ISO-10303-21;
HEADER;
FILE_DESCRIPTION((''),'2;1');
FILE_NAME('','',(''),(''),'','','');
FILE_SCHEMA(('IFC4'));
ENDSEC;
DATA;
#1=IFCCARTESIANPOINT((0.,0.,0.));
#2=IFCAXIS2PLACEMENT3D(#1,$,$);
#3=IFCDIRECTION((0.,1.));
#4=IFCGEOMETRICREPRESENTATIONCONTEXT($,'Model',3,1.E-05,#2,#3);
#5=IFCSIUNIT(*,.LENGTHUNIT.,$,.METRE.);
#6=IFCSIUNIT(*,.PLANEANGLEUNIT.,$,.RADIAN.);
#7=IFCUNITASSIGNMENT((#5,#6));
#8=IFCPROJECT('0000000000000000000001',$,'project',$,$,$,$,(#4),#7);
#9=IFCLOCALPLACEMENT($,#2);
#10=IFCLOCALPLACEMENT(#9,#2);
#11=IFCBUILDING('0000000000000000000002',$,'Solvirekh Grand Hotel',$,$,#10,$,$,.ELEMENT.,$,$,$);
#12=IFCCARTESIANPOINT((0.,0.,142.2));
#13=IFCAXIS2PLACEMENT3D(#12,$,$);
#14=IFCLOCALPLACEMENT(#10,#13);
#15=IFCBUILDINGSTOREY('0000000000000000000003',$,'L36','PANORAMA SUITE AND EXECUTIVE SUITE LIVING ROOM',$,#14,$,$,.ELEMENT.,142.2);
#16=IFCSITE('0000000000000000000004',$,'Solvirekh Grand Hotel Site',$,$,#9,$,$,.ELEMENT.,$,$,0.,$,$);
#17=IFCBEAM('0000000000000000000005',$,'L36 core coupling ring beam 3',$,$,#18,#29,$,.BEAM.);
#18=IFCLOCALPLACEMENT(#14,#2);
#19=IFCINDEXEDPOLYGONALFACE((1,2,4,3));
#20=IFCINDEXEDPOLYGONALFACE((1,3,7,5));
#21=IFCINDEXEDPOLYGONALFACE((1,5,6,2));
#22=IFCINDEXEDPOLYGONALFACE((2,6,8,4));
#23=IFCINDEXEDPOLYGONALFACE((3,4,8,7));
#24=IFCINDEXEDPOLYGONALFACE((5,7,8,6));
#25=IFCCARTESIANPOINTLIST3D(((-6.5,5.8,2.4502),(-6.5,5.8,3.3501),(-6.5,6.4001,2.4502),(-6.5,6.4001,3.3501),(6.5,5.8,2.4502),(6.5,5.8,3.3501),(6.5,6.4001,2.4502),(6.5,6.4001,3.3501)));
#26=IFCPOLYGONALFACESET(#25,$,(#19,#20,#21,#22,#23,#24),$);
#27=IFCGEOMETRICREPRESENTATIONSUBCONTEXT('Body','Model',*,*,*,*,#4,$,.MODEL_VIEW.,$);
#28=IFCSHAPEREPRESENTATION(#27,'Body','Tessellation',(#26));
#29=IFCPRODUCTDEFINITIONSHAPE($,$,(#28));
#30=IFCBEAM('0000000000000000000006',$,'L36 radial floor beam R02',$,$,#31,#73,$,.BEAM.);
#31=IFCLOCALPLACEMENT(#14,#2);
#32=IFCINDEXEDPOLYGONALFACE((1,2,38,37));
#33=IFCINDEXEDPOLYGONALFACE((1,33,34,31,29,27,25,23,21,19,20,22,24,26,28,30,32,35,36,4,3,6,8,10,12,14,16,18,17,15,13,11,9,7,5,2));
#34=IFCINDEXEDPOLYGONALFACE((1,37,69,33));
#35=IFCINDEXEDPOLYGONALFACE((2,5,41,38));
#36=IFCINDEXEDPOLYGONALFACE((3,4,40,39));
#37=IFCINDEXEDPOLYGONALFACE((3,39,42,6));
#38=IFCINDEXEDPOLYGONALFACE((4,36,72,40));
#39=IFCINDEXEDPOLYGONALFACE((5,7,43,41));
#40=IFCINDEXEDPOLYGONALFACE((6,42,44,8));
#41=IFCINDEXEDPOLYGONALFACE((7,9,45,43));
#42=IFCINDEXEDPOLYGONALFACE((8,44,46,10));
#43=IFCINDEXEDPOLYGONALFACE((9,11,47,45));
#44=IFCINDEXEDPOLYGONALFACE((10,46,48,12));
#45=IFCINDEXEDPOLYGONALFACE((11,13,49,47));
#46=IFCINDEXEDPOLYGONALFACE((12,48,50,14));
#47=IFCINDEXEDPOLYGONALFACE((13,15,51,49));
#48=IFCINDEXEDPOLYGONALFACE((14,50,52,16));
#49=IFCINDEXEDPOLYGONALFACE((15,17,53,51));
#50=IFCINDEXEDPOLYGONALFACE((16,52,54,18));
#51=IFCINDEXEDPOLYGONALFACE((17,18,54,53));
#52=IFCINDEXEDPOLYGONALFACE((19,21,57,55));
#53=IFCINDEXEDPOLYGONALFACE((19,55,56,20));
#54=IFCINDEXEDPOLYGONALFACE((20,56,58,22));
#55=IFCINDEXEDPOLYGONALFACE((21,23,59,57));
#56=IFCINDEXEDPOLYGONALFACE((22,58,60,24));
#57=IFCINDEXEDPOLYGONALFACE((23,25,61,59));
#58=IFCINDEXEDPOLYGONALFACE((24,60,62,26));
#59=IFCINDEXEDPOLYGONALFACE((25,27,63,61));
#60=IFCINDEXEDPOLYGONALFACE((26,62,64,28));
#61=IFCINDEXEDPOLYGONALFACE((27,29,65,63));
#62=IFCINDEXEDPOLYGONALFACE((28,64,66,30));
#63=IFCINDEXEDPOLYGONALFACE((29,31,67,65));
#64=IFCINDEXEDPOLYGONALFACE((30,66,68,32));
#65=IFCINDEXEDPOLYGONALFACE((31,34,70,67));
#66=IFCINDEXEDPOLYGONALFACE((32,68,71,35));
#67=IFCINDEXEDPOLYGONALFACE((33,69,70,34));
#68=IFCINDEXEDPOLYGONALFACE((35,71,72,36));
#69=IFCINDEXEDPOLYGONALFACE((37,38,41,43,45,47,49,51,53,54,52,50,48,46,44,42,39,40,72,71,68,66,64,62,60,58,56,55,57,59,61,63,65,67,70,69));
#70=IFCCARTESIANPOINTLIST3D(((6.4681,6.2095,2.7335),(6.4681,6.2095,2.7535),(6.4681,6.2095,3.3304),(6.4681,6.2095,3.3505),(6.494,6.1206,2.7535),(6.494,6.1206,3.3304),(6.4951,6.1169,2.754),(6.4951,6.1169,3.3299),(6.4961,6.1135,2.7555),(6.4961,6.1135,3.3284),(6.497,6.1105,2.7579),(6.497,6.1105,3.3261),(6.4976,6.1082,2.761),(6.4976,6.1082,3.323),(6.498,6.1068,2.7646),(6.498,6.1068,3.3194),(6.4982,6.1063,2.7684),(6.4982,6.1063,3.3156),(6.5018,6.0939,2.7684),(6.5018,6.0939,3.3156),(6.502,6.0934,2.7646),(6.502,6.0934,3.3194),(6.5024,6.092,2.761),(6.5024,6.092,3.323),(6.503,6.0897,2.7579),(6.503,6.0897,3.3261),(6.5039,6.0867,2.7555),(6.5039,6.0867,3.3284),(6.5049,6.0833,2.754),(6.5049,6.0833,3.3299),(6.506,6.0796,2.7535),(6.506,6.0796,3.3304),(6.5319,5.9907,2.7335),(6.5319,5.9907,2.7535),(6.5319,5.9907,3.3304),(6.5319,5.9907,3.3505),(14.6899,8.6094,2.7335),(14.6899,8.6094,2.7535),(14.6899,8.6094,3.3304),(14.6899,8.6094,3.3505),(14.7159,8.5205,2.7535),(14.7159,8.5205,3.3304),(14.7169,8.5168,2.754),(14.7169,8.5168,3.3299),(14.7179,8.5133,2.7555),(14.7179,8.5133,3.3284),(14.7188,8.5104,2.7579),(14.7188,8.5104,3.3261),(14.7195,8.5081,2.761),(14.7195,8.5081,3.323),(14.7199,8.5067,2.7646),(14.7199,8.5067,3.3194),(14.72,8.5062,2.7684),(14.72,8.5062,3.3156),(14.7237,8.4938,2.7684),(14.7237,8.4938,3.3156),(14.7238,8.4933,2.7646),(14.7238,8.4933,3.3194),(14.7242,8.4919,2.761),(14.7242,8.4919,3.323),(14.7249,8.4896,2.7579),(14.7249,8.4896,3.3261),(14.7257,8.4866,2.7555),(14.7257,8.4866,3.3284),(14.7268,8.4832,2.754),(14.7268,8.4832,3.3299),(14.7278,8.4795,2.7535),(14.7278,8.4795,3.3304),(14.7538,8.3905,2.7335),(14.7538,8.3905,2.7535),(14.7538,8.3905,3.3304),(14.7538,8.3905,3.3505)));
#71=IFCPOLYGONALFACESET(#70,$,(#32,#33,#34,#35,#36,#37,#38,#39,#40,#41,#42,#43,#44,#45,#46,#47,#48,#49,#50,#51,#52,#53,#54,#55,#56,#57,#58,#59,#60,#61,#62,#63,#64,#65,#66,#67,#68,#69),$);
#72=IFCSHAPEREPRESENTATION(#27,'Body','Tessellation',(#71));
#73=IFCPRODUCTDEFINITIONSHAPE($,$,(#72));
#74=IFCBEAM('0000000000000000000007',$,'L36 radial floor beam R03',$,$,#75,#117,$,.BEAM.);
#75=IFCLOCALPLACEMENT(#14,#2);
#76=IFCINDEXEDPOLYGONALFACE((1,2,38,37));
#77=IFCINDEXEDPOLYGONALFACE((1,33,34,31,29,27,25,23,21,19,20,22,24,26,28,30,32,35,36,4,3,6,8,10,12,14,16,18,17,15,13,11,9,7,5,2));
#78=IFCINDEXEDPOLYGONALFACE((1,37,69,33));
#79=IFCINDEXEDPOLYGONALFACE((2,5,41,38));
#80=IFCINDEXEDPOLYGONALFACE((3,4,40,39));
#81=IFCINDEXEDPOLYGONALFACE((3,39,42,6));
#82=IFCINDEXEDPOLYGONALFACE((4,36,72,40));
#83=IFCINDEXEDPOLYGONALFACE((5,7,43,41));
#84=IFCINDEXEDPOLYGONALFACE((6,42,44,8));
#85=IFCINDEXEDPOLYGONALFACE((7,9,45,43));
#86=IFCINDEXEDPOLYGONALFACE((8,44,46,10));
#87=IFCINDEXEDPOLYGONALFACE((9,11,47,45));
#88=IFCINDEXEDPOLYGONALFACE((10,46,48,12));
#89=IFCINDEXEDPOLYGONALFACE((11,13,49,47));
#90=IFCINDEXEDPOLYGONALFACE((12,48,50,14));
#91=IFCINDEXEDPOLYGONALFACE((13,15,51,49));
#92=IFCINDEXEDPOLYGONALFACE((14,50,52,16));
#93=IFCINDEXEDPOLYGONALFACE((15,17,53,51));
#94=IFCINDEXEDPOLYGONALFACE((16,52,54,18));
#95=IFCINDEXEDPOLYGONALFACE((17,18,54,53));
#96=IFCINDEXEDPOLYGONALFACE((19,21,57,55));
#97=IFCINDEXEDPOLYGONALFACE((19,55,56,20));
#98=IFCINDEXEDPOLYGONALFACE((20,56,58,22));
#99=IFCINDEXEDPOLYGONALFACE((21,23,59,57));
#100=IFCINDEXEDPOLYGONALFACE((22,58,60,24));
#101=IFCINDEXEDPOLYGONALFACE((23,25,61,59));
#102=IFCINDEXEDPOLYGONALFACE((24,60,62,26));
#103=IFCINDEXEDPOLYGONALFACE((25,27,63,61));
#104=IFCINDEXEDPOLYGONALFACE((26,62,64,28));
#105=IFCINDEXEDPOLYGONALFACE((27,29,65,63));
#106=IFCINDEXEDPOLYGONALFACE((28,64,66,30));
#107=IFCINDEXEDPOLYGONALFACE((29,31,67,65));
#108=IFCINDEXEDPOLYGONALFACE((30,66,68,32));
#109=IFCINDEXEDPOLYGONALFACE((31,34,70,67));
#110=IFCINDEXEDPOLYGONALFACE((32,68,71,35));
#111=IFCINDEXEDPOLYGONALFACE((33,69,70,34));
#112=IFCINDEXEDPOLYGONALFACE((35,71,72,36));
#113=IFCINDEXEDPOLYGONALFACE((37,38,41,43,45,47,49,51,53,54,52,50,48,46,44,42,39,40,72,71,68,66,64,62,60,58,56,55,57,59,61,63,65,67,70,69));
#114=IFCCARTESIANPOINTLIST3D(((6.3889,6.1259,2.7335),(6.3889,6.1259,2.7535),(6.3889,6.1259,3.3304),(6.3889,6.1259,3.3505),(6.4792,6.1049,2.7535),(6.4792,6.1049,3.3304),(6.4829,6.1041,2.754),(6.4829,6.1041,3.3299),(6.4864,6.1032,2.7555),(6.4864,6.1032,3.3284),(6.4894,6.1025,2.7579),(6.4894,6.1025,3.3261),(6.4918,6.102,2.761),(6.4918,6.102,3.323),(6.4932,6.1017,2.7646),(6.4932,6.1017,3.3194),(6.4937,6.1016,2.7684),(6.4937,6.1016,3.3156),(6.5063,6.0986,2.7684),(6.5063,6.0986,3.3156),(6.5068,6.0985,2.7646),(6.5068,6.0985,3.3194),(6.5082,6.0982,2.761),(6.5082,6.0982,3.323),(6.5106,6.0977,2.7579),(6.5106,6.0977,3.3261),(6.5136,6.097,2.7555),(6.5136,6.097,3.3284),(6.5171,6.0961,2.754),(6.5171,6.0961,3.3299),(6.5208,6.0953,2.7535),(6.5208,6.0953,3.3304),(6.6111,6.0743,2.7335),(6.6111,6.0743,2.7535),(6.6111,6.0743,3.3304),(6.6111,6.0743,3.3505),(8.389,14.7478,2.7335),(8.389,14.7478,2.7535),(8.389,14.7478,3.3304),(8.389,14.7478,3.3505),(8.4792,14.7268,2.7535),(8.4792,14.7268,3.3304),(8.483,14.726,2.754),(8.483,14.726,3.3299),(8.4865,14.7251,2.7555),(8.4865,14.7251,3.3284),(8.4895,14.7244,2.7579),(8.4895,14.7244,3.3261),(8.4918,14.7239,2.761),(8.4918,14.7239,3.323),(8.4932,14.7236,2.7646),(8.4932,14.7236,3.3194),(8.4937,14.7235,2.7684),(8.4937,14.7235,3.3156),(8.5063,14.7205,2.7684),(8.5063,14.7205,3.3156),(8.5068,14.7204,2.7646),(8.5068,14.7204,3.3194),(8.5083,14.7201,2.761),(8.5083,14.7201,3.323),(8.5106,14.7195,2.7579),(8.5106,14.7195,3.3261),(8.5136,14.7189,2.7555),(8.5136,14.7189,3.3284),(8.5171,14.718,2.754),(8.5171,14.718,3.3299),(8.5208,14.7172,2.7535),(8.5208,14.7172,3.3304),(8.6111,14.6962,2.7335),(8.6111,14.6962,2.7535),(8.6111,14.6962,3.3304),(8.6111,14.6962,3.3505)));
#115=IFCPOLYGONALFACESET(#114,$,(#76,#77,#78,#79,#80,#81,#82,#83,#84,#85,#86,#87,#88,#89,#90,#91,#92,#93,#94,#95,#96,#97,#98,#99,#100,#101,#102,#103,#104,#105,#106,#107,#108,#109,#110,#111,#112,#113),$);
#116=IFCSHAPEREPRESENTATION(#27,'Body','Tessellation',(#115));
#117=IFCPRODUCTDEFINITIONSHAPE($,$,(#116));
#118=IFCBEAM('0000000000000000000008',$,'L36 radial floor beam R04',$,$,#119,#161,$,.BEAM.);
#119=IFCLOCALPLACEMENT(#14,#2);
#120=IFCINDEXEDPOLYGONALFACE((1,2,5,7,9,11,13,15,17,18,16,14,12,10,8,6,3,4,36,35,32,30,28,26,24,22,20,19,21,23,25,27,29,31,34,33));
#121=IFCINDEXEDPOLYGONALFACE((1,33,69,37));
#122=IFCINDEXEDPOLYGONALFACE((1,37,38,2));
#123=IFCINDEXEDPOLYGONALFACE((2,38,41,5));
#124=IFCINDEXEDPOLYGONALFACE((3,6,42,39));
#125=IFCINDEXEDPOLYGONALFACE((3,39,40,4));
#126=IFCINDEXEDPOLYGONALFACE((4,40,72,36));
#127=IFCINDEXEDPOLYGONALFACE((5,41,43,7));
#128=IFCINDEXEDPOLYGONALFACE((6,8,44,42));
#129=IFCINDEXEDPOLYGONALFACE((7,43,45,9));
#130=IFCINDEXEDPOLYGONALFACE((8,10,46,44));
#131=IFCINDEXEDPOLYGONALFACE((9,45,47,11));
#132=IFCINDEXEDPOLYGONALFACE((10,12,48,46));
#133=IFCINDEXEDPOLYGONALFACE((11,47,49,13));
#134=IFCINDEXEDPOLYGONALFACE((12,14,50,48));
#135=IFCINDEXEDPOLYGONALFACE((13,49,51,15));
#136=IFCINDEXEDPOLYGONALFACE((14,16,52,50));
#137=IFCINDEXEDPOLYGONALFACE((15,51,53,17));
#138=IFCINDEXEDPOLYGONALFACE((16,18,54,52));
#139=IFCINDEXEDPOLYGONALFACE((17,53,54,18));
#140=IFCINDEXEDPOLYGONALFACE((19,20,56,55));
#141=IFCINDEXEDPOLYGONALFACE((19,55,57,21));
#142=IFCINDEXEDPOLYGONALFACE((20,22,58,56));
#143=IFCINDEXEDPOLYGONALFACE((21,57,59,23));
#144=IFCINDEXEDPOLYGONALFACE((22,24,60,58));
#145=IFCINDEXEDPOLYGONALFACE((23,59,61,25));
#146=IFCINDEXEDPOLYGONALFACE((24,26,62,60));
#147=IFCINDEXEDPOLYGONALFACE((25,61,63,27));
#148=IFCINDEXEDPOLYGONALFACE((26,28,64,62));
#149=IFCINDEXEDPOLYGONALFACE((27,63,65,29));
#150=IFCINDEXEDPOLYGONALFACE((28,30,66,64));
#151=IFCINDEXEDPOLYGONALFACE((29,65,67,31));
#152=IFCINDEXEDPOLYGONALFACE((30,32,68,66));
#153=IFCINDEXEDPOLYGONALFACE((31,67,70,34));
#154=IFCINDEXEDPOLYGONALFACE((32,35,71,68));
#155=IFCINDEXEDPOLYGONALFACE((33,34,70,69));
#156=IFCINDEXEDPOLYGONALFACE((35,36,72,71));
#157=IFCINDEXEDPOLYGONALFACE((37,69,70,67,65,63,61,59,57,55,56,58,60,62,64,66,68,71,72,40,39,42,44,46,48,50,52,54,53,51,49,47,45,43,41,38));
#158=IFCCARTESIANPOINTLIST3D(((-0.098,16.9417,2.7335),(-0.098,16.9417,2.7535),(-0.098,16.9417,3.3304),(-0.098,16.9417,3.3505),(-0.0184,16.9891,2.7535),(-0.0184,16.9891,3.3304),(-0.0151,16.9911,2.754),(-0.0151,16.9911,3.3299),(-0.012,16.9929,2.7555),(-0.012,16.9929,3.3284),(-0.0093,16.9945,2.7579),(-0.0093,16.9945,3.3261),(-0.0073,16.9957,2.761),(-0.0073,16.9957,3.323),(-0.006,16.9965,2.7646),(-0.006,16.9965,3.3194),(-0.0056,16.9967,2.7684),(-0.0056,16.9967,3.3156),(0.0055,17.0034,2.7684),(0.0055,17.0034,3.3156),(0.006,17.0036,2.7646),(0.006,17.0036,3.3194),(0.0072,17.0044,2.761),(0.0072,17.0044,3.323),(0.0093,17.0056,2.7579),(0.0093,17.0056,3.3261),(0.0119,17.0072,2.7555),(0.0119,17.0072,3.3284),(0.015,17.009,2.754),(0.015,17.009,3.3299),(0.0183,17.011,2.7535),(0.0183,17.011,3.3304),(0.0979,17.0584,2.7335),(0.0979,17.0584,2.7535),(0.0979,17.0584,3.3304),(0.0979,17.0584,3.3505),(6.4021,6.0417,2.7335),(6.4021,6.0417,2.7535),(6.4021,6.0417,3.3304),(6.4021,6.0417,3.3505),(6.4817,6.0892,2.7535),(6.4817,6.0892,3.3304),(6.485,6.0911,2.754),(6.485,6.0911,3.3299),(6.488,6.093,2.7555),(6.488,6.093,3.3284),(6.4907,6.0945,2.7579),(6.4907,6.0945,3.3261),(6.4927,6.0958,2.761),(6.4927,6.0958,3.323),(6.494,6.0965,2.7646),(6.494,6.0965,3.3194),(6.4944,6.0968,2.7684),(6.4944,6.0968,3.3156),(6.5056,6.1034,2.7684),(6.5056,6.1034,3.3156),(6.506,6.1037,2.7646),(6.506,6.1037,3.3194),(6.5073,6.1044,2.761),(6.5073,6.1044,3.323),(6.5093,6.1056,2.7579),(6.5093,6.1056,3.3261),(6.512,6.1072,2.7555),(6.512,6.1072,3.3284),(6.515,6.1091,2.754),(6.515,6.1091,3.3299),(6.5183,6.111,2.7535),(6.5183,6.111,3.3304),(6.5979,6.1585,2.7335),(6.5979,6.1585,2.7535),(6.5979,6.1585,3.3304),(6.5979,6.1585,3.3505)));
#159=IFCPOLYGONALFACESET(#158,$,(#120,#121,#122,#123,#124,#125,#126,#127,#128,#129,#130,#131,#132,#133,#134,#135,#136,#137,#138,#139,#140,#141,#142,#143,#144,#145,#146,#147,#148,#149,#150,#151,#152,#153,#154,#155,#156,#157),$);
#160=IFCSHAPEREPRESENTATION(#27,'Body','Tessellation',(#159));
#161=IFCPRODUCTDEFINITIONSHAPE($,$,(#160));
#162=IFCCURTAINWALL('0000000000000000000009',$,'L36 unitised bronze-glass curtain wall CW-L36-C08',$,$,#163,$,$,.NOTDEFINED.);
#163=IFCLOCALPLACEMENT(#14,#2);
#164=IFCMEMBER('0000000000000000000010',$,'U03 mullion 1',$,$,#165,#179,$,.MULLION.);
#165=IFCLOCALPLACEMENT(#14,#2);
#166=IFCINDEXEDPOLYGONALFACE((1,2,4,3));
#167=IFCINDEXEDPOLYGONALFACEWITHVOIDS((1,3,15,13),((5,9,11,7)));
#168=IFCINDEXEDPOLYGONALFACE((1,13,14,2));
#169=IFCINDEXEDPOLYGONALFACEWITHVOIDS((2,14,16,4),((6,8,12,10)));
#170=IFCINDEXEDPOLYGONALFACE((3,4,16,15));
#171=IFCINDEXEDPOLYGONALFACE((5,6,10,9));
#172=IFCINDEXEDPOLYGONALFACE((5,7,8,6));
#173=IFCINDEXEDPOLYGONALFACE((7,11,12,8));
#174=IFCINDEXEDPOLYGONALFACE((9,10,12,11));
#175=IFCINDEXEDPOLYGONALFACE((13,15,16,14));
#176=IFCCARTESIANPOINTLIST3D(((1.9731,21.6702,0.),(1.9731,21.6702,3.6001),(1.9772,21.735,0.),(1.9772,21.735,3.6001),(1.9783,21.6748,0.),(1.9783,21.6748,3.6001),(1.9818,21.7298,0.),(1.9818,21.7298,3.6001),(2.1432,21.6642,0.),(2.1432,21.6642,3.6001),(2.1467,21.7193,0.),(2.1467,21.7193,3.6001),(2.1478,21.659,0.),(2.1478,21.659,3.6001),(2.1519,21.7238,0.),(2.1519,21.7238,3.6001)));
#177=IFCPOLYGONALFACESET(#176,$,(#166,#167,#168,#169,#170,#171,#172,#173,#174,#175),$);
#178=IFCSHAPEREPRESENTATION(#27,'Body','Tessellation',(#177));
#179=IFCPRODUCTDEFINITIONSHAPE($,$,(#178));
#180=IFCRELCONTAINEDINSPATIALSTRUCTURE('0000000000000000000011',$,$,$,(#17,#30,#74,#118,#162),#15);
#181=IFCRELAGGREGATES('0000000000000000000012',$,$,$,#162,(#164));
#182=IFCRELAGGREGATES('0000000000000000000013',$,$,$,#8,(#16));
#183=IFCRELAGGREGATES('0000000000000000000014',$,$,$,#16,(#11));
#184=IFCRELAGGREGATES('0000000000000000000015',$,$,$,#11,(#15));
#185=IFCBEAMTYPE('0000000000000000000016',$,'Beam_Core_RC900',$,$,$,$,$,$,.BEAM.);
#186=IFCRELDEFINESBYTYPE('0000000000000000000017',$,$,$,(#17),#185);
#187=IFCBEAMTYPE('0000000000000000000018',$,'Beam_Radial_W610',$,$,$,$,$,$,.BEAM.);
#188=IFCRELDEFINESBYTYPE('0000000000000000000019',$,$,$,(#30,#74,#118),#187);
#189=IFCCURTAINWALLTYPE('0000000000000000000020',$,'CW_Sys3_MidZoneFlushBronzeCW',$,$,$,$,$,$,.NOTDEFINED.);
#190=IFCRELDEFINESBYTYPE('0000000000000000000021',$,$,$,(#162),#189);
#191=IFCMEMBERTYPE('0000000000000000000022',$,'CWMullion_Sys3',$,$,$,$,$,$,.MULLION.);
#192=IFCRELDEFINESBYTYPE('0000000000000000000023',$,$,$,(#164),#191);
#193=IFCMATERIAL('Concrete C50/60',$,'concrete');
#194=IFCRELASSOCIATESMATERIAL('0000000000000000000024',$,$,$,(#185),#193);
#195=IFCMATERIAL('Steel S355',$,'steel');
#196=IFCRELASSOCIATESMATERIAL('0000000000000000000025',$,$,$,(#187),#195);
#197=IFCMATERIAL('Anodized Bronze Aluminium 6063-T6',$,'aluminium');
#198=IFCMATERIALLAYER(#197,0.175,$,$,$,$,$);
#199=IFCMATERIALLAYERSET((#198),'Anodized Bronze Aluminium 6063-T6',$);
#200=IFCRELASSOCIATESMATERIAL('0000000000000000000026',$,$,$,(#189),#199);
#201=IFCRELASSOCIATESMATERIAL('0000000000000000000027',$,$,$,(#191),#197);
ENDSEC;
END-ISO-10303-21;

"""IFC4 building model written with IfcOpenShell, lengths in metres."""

from ifc_helpers import new_model, si_unit, direction, frame, origin, origin_2d, place, context, subcontext, project, spatial, rectangle, hollow_rectangle, i_section, extrude, source, transform, mapped, material, layer, layer_set, material_profile, profile_set, type_object, element, aggregate, save


model = new_model("IFC4")

# Units and contexts
model_context = context("Model", 3, precision=1e-05, world=origin(), true_north=direction((0.0, 1.0)))
body_context = subcontext(model_context, "Body", "Model", "MODEL_VIEW")
ifc_project = project(units=[si_unit("LENGTHUNIT", "METRE"), si_unit("PLANEANGLEUNIT", "RADIAN")], contexts=[model_context])

# Site, building, storey
site_placement = place(None, origin())
site = spatial("IfcSite", under=ifc_project, at=site_placement, Name="Solvirekh Grand Hotel Site", CompositionType="ELEMENT", RefElevation=0.0)
building_placement = place(site_placement, origin())
building = spatial("IfcBuilding", under=site, at=building_placement, Name="Solvirekh Grand Hotel", CompositionType="ELEMENT")
storey_placement = place(building_placement, frame((0.0, 0.0, 142.2)))
storey = spatial("IfcBuildingStorey", under=building, at=storey_placement, Name="L36", Description="PANORAMA SUITE AND EXECUTIVE SUITE LIVING ROOM", CompositionType="ELEMENT", Elevation=142.2)

# Beams
ifc_material_1 = material(Name="Concrete C50/60", Category="concrete")
ifc_material_profile_1 = material_profile(ifc_material_1, rectangle(XDim=0.6001, YDim=0.8999, at=origin_2d()), Name="RC BEAM 600X900")
ifc_profile_set_1 = profile_set([ifc_material_profile_1], Name="Concrete C50/60")
beam_type_1 = type_object("IfcBeamType", Name="Beam_Core_RC900", PredefinedType="BEAM", material=ifc_profile_set_1)
beam_1_placement = place(storey_placement, frame((6.5, 6.1001, 2.9001), z_axis=(-1.0, 0.0, 0.0), x_axis=(0.0, -1.0, 0.0)))
element("IfcBeam", 1, at=beam_1_placement, inside=storey, type_object=beam_type_1, Name="L36 core coupling ring beam 3", PredefinedType="BEAM", context=body_context, shape_type="SweptSolid", body=[
    extrude(rectangle(XDim=0.6001, YDim=0.8999, at=origin_2d()), origin(), (0.0, 0.0, 1.0), 13.0),
])
ifc_material_2 = material(Name="Steel S355", Category="steel")
ifc_material_profile_2 = material_profile(ifc_material_2, i_section(OverallWidth=0.228, OverallDepth=0.6169, WebThickness=0.0129, FlangeThickness=0.02, FilletRadius=0.0149, at=origin_2d()), Name="W610X140")
ifc_profile_set_2 = profile_set([ifc_material_profile_2], Name="Steel S355")
beam_type_2 = type_object("IfcBeamType", Name="Beam_Radial_W610", PredefinedType="BEAM", material=ifc_profile_set_2)
beam_2_placement = place(storey_placement, frame((6.5, 6.1001, 3.042), z_axis=(0.959942, 0.280198, 0.0), x_axis=(-0.280198, 0.959942, 0.0)))
element("IfcBeam", 2, at=beam_2_placement, inside=storey, type_object=beam_type_2, Name="L36 radial floor beam R02", PredefinedType="BEAM", context=body_context, shape_type="SweptSolid", body=[
    extrude(i_section(OverallWidth=0.228, OverallDepth=0.6169, WebThickness=0.0129, FlangeThickness=0.02, FilletRadius=0.0149, at=origin_2d()), origin(), (0.0, 0.0, 1.0), 8.5649),
])
beam_3_placement = place(storey_placement, frame((6.5, 6.1001, 3.042), z_axis=(0.225969, 0.974134, 0.0), x_axis=(-0.974134, 0.225969, 0.0)))
element("IfcBeam", 3, at=beam_3_placement, inside=storey, type_object=beam_type_2, Name="L36 radial floor beam R03", PredefinedType="BEAM", context=body_context, shape_type="SweptSolid", body=[
    extrude(i_section(OverallWidth=0.228, OverallDepth=0.6169, WebThickness=0.0129, FlangeThickness=0.02, FilletRadius=0.0149, at=origin_2d()), origin(), (0.0, 0.0, 1.0), 8.8508),
])
beam_4_placement = place(storey_placement, frame((6.5, 6.1001, 3.042), z_axis=(-0.51218, 0.858878, 0.0), x_axis=(-0.858878, -0.51218, 0.0)))
element("IfcBeam", 4, at=beam_4_placement, inside=storey, type_object=beam_type_2, Name="L36 radial floor beam R04", PredefinedType="BEAM", context=body_context, shape_type="SweptSolid", body=[
    extrude(i_section(OverallWidth=0.228, OverallDepth=0.6169, WebThickness=0.0129, FlangeThickness=0.02, FilletRadius=0.0149, at=origin_2d()), origin(), (0.0, 0.0, 1.0), 12.6909),
])

# Curtain wall, member
ifc_material_3 = material(Name="Anodized Bronze Aluminium 6063-T6", Category="aluminium")
ifc_layer_1 = layer(ifc_material_3, 0.175)
ifc_layer_set_1 = layer_set([ifc_layer_1], Name="Anodized Bronze Aluminium 6063-T6")
curtain_wall_type = type_object("IfcCurtainWallType", Name="CW_Sys3_MidZoneFlushBronzeCW", PredefinedType="NOTDEFINED", material=ifc_layer_set_1)
curtain_wall_placement = place(storey_placement, origin())
curtain_wall = element("IfcCurtainWall", 5, at=curtain_wall_placement, inside=storey, type_object=curtain_wall_type, Name="L36 unitised bronze-glass curtain wall CW-L36-C08", PredefinedType="NOTDEFINED")
ifc_material_profile_3 = material_profile(ifc_material_3, hollow_rectangle(XDim=0.0649, YDim=0.175, WallThickness=0.0049, at=origin_2d()), Name="ALU RHS 175X65X5")
ifc_profile_set_3 = profile_set([ifc_material_profile_3], Name="Anodized Bronze Aluminium 6063-T6")
member_type_1 = type_object("IfcMemberType", Name="CWMullion_Sys3", PredefinedType="MULLION", material=ifc_profile_set_3)
shared_shape_1 = source(origin(), body_context, "Body", "SweptSolid", [
    extrude(hollow_rectangle(XDim=0.0649, YDim=0.175, WallThickness=0.0049, at=origin_2d()), origin(), (0.0, 0.0, 1.0), 3.6001),
])
member_1_placement = place(storey_placement, frame((2.0625, 21.697, 0.0), z_axis=(0.0, 0.0, 1.0), x_axis=(-0.063812, -0.997962, 0.0)))
member_1 = element("IfcMember", 6, at=member_1_placement, type_object=member_type_1, Name="U03 mullion 1", PredefinedType="MULLION", context=body_context, shape_type="MappedRepresentation", body=[
    mapped(shared_shape_1, transform((0.0, 0.0, 0.0), x_axis=(1.0, 0.0, 0.0), y_axis=(0.0, 1.0, 0.0), z_axis=(0.0, 0.0, 1.0), scale=1.0)),
])
aggregate(curtain_wall, [member_1])

save(model, "model.ifc")
